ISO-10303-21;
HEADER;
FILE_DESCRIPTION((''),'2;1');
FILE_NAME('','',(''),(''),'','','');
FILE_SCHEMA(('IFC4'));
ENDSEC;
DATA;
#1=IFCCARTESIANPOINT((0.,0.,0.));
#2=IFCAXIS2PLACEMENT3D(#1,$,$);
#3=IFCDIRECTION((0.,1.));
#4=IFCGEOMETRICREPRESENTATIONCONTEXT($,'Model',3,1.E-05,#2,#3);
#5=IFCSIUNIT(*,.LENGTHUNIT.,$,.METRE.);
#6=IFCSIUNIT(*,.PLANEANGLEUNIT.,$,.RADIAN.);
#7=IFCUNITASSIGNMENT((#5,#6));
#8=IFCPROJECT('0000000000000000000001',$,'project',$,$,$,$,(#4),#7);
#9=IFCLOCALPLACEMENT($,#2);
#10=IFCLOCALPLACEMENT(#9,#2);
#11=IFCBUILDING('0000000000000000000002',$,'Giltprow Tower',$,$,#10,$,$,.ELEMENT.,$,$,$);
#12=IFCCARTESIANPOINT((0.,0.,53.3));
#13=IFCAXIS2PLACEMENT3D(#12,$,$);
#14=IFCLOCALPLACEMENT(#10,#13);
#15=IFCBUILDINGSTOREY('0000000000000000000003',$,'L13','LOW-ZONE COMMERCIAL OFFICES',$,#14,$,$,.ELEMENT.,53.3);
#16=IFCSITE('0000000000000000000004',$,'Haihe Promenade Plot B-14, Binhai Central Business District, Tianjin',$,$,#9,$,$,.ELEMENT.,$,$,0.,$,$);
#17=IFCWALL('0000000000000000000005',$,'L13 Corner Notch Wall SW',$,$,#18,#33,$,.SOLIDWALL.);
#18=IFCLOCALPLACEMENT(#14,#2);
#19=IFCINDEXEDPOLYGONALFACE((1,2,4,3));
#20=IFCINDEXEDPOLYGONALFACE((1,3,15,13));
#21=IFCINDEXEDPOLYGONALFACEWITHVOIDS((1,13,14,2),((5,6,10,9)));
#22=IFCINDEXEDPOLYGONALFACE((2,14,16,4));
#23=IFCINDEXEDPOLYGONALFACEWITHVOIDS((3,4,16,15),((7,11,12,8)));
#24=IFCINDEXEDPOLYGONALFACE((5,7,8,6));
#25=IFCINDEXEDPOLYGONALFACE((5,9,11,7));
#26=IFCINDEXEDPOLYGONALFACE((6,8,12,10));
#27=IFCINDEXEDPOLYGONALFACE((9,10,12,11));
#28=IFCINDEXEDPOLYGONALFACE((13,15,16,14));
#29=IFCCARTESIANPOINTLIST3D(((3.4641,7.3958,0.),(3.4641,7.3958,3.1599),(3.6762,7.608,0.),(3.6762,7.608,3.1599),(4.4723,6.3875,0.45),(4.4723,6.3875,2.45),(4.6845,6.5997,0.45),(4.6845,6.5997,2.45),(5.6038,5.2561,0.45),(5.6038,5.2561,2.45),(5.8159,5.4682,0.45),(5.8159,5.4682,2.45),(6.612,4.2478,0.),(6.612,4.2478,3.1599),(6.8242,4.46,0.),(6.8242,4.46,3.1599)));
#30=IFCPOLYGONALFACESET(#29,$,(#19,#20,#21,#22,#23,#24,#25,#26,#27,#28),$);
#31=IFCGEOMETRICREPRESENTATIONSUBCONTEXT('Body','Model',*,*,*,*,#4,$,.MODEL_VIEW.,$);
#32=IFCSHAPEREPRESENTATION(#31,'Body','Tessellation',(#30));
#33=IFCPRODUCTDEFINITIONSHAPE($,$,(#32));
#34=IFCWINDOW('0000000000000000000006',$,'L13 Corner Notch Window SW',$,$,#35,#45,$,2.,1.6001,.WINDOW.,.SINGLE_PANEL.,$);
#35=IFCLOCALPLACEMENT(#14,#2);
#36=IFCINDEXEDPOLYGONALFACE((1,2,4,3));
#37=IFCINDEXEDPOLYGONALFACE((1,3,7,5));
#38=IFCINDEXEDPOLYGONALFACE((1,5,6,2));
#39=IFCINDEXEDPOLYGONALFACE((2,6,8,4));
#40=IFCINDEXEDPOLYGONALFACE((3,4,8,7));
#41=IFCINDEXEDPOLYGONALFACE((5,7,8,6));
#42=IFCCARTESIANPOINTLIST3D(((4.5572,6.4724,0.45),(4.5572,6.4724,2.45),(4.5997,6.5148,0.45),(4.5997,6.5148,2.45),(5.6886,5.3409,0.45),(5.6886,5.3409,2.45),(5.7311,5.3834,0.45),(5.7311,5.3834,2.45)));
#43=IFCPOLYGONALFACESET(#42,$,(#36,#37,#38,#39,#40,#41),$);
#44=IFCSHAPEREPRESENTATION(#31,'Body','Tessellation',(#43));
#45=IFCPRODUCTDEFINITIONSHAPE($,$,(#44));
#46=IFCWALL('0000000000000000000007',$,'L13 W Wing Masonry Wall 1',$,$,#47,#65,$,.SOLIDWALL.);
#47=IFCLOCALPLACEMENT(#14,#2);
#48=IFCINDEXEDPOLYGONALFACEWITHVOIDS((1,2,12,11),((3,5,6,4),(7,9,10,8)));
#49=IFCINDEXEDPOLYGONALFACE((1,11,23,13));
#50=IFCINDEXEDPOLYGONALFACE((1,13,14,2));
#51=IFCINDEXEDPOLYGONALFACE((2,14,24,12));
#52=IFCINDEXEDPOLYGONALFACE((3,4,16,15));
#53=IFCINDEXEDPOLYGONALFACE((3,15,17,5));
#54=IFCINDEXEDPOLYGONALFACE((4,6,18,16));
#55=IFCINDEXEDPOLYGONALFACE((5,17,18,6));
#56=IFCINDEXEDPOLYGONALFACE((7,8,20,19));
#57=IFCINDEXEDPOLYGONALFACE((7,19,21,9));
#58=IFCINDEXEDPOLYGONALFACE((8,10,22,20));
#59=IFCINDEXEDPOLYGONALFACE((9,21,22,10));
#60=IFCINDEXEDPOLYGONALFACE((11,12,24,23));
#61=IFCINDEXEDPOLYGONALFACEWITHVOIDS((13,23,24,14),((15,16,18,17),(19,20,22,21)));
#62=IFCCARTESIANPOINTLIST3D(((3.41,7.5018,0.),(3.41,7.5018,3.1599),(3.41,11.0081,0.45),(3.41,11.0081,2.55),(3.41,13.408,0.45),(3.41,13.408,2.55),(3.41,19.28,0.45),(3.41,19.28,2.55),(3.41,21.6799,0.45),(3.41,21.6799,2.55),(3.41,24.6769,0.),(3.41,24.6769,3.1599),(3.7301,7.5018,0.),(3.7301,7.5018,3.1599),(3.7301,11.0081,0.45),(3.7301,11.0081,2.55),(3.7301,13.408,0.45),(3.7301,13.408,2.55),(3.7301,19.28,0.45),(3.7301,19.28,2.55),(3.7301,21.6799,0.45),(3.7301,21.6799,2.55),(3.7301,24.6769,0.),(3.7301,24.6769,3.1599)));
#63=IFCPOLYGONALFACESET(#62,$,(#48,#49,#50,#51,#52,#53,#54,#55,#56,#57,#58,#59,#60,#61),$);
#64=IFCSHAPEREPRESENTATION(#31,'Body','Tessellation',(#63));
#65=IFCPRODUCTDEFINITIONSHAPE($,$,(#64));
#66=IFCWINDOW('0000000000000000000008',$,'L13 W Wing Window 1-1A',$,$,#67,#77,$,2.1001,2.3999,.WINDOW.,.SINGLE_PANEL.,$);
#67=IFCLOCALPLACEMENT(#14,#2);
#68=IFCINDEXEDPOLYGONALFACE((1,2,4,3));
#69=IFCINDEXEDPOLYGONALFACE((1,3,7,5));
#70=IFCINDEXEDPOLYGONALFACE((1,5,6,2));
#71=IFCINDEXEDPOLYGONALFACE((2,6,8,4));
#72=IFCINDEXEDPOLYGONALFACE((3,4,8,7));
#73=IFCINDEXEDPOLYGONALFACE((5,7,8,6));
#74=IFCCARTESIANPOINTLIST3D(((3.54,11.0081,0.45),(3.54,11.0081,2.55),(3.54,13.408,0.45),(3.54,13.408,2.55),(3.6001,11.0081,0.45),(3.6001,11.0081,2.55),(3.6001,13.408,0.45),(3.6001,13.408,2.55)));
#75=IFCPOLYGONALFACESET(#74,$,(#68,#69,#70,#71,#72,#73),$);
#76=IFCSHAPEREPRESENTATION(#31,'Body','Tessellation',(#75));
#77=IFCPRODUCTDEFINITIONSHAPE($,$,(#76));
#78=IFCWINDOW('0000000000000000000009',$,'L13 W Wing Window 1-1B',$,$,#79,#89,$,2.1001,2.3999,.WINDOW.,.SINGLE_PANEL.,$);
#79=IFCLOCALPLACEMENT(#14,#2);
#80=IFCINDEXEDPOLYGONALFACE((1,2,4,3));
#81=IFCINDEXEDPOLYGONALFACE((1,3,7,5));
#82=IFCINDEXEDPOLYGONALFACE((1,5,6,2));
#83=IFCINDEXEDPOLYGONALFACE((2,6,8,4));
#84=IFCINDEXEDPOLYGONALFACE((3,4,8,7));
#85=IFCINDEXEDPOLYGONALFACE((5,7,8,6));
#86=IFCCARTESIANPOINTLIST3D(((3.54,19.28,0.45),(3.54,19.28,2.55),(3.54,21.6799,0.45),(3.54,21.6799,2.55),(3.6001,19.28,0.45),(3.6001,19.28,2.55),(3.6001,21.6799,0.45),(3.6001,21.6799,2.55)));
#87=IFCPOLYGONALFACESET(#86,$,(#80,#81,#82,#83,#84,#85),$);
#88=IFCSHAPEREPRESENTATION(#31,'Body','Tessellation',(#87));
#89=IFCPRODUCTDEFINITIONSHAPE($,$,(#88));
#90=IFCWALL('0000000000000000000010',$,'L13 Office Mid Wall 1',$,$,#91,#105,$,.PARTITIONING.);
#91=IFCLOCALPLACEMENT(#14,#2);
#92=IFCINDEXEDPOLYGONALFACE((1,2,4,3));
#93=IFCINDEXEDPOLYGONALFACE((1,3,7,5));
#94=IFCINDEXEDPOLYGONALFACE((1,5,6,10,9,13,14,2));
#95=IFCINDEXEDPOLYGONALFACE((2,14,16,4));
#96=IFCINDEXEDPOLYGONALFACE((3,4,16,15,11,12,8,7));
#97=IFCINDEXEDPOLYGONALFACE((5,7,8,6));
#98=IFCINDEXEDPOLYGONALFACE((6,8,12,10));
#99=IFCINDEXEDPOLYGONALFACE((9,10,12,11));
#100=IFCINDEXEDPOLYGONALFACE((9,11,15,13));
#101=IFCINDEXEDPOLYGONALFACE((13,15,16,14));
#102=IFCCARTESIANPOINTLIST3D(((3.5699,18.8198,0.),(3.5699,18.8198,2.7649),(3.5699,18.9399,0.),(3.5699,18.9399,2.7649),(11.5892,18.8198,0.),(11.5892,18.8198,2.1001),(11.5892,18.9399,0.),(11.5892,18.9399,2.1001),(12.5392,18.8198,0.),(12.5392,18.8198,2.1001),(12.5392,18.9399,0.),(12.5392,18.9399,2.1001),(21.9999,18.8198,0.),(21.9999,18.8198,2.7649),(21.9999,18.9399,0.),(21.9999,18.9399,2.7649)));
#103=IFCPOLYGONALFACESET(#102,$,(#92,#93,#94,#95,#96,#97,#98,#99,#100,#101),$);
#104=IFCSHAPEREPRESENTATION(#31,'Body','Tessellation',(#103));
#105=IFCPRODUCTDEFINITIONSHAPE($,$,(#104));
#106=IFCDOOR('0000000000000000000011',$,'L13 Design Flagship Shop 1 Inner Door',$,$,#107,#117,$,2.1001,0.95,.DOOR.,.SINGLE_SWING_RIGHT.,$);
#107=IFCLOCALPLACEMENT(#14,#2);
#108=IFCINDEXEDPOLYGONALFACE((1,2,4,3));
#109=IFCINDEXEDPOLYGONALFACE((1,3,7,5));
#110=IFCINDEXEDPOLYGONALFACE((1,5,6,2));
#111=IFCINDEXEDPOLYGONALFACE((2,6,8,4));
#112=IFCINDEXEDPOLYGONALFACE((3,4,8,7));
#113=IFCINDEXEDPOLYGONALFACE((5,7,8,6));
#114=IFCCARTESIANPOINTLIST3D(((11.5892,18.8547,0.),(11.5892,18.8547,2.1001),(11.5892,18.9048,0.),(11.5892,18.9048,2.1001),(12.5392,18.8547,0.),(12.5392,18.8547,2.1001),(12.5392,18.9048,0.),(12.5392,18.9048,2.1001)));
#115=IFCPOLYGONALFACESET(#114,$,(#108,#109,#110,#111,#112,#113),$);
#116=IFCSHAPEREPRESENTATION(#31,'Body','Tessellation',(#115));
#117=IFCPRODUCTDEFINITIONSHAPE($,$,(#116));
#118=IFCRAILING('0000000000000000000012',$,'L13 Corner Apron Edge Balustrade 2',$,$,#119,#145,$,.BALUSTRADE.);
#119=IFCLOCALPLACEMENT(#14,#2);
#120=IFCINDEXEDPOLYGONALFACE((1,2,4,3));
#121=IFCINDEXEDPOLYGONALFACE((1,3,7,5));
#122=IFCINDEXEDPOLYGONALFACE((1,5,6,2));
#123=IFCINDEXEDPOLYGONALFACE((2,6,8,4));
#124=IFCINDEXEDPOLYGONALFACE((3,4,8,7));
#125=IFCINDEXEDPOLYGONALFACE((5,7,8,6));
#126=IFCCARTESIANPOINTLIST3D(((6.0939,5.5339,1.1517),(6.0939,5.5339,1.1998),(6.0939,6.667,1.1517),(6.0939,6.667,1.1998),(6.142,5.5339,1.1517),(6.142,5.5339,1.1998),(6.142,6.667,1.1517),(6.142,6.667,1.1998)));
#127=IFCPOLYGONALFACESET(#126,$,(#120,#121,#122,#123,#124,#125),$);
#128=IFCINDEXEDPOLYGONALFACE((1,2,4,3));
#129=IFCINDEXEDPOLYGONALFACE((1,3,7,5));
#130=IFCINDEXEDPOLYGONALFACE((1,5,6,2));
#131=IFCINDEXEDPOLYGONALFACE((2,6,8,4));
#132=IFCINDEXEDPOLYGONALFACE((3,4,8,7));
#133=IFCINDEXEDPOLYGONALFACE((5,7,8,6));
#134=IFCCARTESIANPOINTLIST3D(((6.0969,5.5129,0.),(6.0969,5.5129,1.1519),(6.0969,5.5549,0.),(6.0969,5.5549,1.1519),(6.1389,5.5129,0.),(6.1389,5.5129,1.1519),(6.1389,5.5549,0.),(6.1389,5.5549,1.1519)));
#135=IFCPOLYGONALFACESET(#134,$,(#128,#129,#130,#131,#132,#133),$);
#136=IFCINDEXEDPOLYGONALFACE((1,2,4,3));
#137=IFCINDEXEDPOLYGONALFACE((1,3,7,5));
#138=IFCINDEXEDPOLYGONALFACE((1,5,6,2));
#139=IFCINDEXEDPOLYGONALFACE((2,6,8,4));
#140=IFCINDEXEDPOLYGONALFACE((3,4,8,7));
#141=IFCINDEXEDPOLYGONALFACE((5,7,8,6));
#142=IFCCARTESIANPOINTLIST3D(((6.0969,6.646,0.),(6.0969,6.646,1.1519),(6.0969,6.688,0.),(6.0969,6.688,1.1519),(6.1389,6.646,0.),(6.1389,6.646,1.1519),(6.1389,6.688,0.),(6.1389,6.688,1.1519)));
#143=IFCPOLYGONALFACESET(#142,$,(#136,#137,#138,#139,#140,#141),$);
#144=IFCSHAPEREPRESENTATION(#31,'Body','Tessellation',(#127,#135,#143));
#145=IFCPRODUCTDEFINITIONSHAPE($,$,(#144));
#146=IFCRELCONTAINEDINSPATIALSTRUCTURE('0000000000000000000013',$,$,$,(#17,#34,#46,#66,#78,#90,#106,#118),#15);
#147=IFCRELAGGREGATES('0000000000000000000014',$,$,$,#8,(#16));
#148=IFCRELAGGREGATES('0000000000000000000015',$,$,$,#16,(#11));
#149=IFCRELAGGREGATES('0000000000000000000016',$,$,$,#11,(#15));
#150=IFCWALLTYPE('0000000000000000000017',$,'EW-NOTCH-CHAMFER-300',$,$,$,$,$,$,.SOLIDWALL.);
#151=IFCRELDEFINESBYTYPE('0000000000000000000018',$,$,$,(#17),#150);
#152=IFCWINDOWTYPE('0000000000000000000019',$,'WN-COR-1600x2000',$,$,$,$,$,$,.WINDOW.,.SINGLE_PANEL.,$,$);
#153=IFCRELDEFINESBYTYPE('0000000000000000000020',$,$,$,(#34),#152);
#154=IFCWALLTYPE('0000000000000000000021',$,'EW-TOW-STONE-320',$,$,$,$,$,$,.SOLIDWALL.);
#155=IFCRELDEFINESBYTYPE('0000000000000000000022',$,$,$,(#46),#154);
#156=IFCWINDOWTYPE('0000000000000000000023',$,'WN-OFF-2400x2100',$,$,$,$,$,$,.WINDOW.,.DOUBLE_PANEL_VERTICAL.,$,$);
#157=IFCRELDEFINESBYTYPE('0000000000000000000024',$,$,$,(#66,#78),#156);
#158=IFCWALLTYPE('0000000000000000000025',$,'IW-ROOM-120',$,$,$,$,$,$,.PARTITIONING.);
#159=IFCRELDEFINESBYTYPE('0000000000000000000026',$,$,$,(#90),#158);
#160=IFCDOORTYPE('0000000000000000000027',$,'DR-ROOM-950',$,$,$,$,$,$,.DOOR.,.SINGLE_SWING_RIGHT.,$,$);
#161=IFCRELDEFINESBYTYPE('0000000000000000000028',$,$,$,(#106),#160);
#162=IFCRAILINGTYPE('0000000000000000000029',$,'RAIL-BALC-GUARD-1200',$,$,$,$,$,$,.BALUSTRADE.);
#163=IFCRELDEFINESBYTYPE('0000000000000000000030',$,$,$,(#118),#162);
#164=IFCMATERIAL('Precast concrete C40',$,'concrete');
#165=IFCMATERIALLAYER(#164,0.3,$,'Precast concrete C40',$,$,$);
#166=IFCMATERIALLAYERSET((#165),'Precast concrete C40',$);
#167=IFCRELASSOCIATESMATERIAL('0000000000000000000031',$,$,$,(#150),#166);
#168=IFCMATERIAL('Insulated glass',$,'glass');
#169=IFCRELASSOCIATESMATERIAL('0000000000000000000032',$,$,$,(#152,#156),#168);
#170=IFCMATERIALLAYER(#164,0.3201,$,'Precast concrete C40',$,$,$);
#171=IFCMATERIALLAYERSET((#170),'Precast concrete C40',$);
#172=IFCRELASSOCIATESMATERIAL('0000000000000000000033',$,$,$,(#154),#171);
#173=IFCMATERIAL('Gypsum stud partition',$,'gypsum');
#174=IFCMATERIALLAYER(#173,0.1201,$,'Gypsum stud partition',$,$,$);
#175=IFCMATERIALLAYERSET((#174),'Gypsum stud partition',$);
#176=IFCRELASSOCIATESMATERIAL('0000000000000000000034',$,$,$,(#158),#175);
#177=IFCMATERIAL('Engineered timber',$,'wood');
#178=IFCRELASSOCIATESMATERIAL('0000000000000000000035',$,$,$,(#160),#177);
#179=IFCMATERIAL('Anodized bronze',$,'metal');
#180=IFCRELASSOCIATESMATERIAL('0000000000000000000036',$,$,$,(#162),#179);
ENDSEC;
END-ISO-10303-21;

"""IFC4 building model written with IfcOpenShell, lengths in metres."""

from ifc_helpers import new_model, si_unit, direction, frame, frame_2d, origin, origin_2d, place, context, subcontext, project, spatial, rectangle, extrude, source, transform, mapped, material, layer, layer_set, type_object, element, fill, save


model = new_model("IFC4")

# Units and contexts
model_context = context("Model", 3, precision=1e-05, world=origin(), true_north=direction((0.0, 1.0)))
body_context = subcontext(model_context, "Body", "Model", "MODEL_VIEW")
ifc_project = project(units=[si_unit("LENGTHUNIT", "METRE"), si_unit("PLANEANGLEUNIT", "RADIAN")], contexts=[model_context])

# Site, building, storey
site_placement = place(None, origin())
site = spatial("IfcSite", under=ifc_project, at=site_placement, Name="Haihe Promenade Plot B-14, Binhai Central Business District, Tianjin", CompositionType="ELEMENT", RefElevation=0.0)
building_placement = place(site_placement, origin())
building = spatial("IfcBuilding", under=site, at=building_placement, Name="Giltprow Tower", CompositionType="ELEMENT")
storey_placement = place(building_placement, frame((0.0, 0.0, 53.3)))
storey = spatial("IfcBuildingStorey", under=building, at=storey_placement, Name="L13", Description="LOW-ZONE COMMERCIAL OFFICES", CompositionType="ELEMENT", Elevation=53.3)

# Shared definitions
ifc_material_1 = material(Name="Anodized bronze", Category="metal")
ifc_material_2 = material(Name="Insulated glass", Category="glass")

# Wall, opening, window
ifc_material_3 = material(Name="Precast concrete C40", Category="concrete")
ifc_layer_1 = layer(ifc_material_3, 0.3, Name="Precast concrete C40")
ifc_layer_set_1 = layer_set([ifc_layer_1], Name="Precast concrete C40")
wall_type_1 = type_object("IfcWallType", Name="EW-NOTCH-CHAMFER-300", PredefinedType="SOLIDWALL", material=ifc_layer_set_1)
wall_1_placement = place(storey_placement, frame((3.5701, 7.502, 0.0), z_axis=(0.0, 0.0, 1.0), x_axis=(0.707107, -0.707107, 0.0)))
wall_1 = element("IfcWall", 1, at=wall_1_placement, inside=storey, type_object=wall_type_1, Name="L13 Corner Notch Wall SW", PredefinedType="SOLIDWALL", context=body_context, shape_type="SweptSolid", body=[
    extrude(rectangle(XDim=4.4519, YDim=0.3, at=frame_2d((2.2261, 0.0))), origin(), (0.0, 0.0, 1.0), 3.1599),
])
opening_1_placement = place(wall_1_placement, frame((1.426, 0.0, 0.45)))
opening_1 = element("IfcOpeningElement", 2, at=opening_1_placement, cuts=wall_1, PredefinedType="OPENING", context=body_context, shape_type="SweptSolid", body=[
    extrude(rectangle(XDim=1.6001, YDim=2.0, at=frame_2d((0.8, 1.0))), frame((0.0, 0.1599, 0.0), z_axis=(0.0, -1.0, 0.0), x_axis=(1.0, 0.0, 0.0)), (0.0, 0.0, 1.0), 0.3201),
])
window_type_1 = type_object("IfcWindowType", Name="WN-COR-1600x2000", PartitioningType="SINGLE_PANEL", PredefinedType="WINDOW", material=ifc_material_2)
shared_shape_1 = source(origin(), body_context, "Body", "SweptSolid", [
    extrude(rectangle(XDim=1.6001, YDim=2.0, at=frame_2d((0.8, 1.0))), frame((0.0, 0.03, 0.0), z_axis=(0.0, -1.0, 0.0), x_axis=(1.0, 0.0, 0.0)), (0.0, 0.0, 1.0), 0.0601),
])
window_1_placement = place(opening_1_placement, origin())
window_1 = element("IfcWindow", 3, at=window_1_placement, inside=storey, type_object=window_type_1, Name="L13 Corner Notch Window SW", OverallHeight=2.0, OverallWidth=1.6001, PartitioningType="SINGLE_PANEL", PredefinedType="WINDOW", context=body_context, shape_type="MappedRepresentation", body=[
    mapped(shared_shape_1, transform((0.0, 0.0, 0.0), x_axis=(1.0, 0.0, 0.0), y_axis=(0.0, 1.0, 0.0), z_axis=(0.0, 0.0, 1.0), scale=1.0)),
])
fill(opening_1, window_1)

# Wall, openings, windows
ifc_layer_2 = layer(ifc_material_3, 0.3201, Name="Precast concrete C40")
ifc_layer_set_2 = layer_set([ifc_layer_2], Name="Precast concrete C40")
wall_type_2 = type_object("IfcWallType", Name="EW-TOW-STONE-320", PredefinedType="SOLIDWALL", material=ifc_layer_set_2)
wall_2_placement = place(storey_placement, frame((3.5701, 7.502, 0.0), z_axis=(0.0, 0.0, 1.0), x_axis=(0.0, 1.0, 0.0)))
wall_2 = element("IfcWall", 4, at=wall_2_placement, inside=storey, type_object=wall_type_2, Name="L13 W Wing Masonry Wall 1", PredefinedType="SOLIDWALL", context=body_context, shape_type="SweptSolid", body=[
    extrude(rectangle(XDim=17.175, YDim=0.3201, at=frame_2d((8.5874, 0.0))), origin(), (0.0, 0.0, 1.0), 3.1599),
])
opening_2_placement = place(wall_2_placement, frame((3.5061, 0.0, 0.45)))
opening_2 = element("IfcOpeningElement", 5, at=opening_2_placement, cuts=wall_2, PredefinedType="OPENING", context=body_context, shape_type="SweptSolid", body=[
    extrude(rectangle(XDim=2.3999, YDim=2.1001, at=frame_2d((1.2, 1.05))), frame((0.0, 0.1699, 0.0), z_axis=(0.0, -1.0, 0.0), x_axis=(1.0, 0.0, 0.0)), (0.0, 0.0, 1.0), 0.3401),
])
opening_3_placement = place(wall_2_placement, frame((11.7781, 0.0, 0.45)))
opening_3 = element("IfcOpeningElement", 6, at=opening_3_placement, cuts=wall_2, PredefinedType="OPENING", context=body_context, shape_type="SweptSolid", body=[
    extrude(rectangle(XDim=2.3999, YDim=2.1001, at=frame_2d((1.2, 1.05))), frame((0.0, 0.1699, 0.0), z_axis=(0.0, -1.0, 0.0), x_axis=(1.0, 0.0, 0.0)), (0.0, 0.0, 1.0), 0.3401),
])
window_type_2 = type_object("IfcWindowType", Name="WN-OFF-2400x2100", PartitioningType="DOUBLE_PANEL_VERTICAL", PredefinedType="WINDOW", material=ifc_material_2)
shared_shape_2 = source(origin(), body_context, "Body", "SweptSolid", [
    extrude(rectangle(XDim=2.3999, YDim=2.1001, at=frame_2d((1.2, 1.05))), frame((0.0, 0.03, 0.0), z_axis=(0.0, -1.0, 0.0), x_axis=(1.0, 0.0, 0.0)), (0.0, 0.0, 1.0), 0.0601),
])
window_2_placement = place(opening_2_placement, origin())
window_2 = element("IfcWindow", 7, at=window_2_placement, inside=storey, type_object=window_type_2, Name="L13 W Wing Window 1-1A", OverallHeight=2.1001, OverallWidth=2.3999, PartitioningType="SINGLE_PANEL", PredefinedType="WINDOW", context=body_context, shape_type="MappedRepresentation", body=[
    mapped(shared_shape_2, transform((0.0, 0.0, 0.0), x_axis=(1.0, 0.0, 0.0), y_axis=(0.0, 1.0, 0.0), z_axis=(0.0, 0.0, 1.0), scale=1.0)),
])
fill(opening_2, window_2)
window_3_placement = place(opening_3_placement, origin())
window_3 = element("IfcWindow", 8, at=window_3_placement, inside=storey, type_object=window_type_2, Name="L13 W Wing Window 1-1B", OverallHeight=2.1001, OverallWidth=2.3999, PartitioningType="SINGLE_PANEL", PredefinedType="WINDOW", context=body_context, shape_type="MappedRepresentation", body=[
    mapped(shared_shape_2, transform((0.0, 0.0, 0.0), x_axis=(1.0, 0.0, 0.0), y_axis=(0.0, 1.0, 0.0), z_axis=(0.0, 0.0, 1.0), scale=1.0)),
])
fill(opening_3, window_3)

# Wall, opening, door
ifc_material_4 = material(Name="Gypsum stud partition", Category="gypsum")
ifc_layer_3 = layer(ifc_material_4, 0.1201, Name="Gypsum stud partition")
ifc_layer_set_3 = layer_set([ifc_layer_3], Name="Gypsum stud partition")
wall_type_3 = type_object("IfcWallType", Name="IW-ROOM-120", PredefinedType="PARTITIONING", material=ifc_layer_set_3)
wall_3_placement = place(storey_placement, frame((3.5701, 18.8799, 0.0), z_axis=(0.0, 0.0, 1.0), x_axis=(1.0, 0.0, 0.0)))
wall_3 = element("IfcWall", 9, at=wall_3_placement, inside=storey, type_object=wall_type_3, Name="L13 Office Mid Wall 1", PredefinedType="PARTITIONING", context=body_context, shape_type="SweptSolid", body=[
    extrude(rectangle(XDim=18.4299, YDim=0.1201, at=frame_2d((9.2148, 0.0))), origin(), (0.0, 0.0, 1.0), 2.7649),
])
opening_4_placement = place(wall_3_placement, frame((8.019, 0.0, 0.0)))
opening_4 = element("IfcOpeningElement", 10, at=opening_4_placement, cuts=wall_3, PredefinedType="OPENING", context=body_context, shape_type="SweptSolid", body=[
    extrude(rectangle(XDim=0.95, YDim=2.1001, at=frame_2d((0.4751, 1.05))), frame((0.0, 0.0701, 0.0), z_axis=(0.0, -1.0, 0.0), x_axis=(1.0, 0.0, 0.0)), (0.0, 0.0, 1.0), 0.1401),
])
ifc_material_5 = material(Name="Engineered timber", Category="wood")
door_type = type_object("IfcDoorType", Name="DR-ROOM-950", OperationType="SINGLE_SWING_RIGHT", PredefinedType="DOOR", material=ifc_material_5)
shared_shape_3 = source(origin(), body_context, "Body", "SweptSolid", [
    extrude(rectangle(XDim=0.95, YDim=2.1001, at=frame_2d((0.4751, 1.05))), frame((0.0, 0.0249, 0.0), z_axis=(0.0, -1.0, 0.0), x_axis=(1.0, 0.0, 0.0)), (0.0, 0.0, 1.0), 0.05),
])
door_placement = place(opening_4_placement, origin())
door = element("IfcDoor", 11, at=door_placement, inside=storey, type_object=door_type, Name="L13 Design Flagship Shop 1 Inner Door", OperationType="SINGLE_SWING_RIGHT", OverallHeight=2.1001, OverallWidth=0.95, PredefinedType="DOOR", context=body_context, shape_type="MappedRepresentation", body=[
    mapped(shared_shape_3, transform((0.0, 0.0, 0.0), x_axis=(1.0, 0.0, 0.0), y_axis=(0.0, 1.0, 0.0), z_axis=(0.0, 0.0, 1.0), scale=1.0)),
])
fill(opening_4, door)

# Railing
railing_type = type_object("IfcRailingType", Name="RAIL-BALC-GUARD-1200", PredefinedType="BALUSTRADE", material=ifc_material_1)
railing_1_placement = place(storey_placement, frame((6.1179, 5.5339, 0.0)))
element("IfcRailing", 12, at=railing_1_placement, inside=storey, type_object=railing_type, Name="L13 Corner Apron Edge Balustrade 2", PredefinedType="BALUSTRADE", context=body_context, shape_type="SweptSolid", body=[
    extrude(rectangle(XDim=0.0481, YDim=0.0481, at=origin_2d()), frame((0.0, 0.0, 1.1758), z_axis=(0.0, 1.0, 0.0), x_axis=(-1.0, 0.0, 0.0)), (0.0, 0.0, 1.0), 1.1331),
    extrude(rectangle(XDim=0.042, YDim=0.042, at=origin_2d()), origin(), (0.0, 0.0, 1.0), 1.1519),
    extrude(rectangle(XDim=0.042, YDim=0.042, at=origin_2d()), frame((0.0, 1.1331, 0.0)), (0.0, 0.0, 1.0), 1.1519),
])

save(model, "model.ifc")
